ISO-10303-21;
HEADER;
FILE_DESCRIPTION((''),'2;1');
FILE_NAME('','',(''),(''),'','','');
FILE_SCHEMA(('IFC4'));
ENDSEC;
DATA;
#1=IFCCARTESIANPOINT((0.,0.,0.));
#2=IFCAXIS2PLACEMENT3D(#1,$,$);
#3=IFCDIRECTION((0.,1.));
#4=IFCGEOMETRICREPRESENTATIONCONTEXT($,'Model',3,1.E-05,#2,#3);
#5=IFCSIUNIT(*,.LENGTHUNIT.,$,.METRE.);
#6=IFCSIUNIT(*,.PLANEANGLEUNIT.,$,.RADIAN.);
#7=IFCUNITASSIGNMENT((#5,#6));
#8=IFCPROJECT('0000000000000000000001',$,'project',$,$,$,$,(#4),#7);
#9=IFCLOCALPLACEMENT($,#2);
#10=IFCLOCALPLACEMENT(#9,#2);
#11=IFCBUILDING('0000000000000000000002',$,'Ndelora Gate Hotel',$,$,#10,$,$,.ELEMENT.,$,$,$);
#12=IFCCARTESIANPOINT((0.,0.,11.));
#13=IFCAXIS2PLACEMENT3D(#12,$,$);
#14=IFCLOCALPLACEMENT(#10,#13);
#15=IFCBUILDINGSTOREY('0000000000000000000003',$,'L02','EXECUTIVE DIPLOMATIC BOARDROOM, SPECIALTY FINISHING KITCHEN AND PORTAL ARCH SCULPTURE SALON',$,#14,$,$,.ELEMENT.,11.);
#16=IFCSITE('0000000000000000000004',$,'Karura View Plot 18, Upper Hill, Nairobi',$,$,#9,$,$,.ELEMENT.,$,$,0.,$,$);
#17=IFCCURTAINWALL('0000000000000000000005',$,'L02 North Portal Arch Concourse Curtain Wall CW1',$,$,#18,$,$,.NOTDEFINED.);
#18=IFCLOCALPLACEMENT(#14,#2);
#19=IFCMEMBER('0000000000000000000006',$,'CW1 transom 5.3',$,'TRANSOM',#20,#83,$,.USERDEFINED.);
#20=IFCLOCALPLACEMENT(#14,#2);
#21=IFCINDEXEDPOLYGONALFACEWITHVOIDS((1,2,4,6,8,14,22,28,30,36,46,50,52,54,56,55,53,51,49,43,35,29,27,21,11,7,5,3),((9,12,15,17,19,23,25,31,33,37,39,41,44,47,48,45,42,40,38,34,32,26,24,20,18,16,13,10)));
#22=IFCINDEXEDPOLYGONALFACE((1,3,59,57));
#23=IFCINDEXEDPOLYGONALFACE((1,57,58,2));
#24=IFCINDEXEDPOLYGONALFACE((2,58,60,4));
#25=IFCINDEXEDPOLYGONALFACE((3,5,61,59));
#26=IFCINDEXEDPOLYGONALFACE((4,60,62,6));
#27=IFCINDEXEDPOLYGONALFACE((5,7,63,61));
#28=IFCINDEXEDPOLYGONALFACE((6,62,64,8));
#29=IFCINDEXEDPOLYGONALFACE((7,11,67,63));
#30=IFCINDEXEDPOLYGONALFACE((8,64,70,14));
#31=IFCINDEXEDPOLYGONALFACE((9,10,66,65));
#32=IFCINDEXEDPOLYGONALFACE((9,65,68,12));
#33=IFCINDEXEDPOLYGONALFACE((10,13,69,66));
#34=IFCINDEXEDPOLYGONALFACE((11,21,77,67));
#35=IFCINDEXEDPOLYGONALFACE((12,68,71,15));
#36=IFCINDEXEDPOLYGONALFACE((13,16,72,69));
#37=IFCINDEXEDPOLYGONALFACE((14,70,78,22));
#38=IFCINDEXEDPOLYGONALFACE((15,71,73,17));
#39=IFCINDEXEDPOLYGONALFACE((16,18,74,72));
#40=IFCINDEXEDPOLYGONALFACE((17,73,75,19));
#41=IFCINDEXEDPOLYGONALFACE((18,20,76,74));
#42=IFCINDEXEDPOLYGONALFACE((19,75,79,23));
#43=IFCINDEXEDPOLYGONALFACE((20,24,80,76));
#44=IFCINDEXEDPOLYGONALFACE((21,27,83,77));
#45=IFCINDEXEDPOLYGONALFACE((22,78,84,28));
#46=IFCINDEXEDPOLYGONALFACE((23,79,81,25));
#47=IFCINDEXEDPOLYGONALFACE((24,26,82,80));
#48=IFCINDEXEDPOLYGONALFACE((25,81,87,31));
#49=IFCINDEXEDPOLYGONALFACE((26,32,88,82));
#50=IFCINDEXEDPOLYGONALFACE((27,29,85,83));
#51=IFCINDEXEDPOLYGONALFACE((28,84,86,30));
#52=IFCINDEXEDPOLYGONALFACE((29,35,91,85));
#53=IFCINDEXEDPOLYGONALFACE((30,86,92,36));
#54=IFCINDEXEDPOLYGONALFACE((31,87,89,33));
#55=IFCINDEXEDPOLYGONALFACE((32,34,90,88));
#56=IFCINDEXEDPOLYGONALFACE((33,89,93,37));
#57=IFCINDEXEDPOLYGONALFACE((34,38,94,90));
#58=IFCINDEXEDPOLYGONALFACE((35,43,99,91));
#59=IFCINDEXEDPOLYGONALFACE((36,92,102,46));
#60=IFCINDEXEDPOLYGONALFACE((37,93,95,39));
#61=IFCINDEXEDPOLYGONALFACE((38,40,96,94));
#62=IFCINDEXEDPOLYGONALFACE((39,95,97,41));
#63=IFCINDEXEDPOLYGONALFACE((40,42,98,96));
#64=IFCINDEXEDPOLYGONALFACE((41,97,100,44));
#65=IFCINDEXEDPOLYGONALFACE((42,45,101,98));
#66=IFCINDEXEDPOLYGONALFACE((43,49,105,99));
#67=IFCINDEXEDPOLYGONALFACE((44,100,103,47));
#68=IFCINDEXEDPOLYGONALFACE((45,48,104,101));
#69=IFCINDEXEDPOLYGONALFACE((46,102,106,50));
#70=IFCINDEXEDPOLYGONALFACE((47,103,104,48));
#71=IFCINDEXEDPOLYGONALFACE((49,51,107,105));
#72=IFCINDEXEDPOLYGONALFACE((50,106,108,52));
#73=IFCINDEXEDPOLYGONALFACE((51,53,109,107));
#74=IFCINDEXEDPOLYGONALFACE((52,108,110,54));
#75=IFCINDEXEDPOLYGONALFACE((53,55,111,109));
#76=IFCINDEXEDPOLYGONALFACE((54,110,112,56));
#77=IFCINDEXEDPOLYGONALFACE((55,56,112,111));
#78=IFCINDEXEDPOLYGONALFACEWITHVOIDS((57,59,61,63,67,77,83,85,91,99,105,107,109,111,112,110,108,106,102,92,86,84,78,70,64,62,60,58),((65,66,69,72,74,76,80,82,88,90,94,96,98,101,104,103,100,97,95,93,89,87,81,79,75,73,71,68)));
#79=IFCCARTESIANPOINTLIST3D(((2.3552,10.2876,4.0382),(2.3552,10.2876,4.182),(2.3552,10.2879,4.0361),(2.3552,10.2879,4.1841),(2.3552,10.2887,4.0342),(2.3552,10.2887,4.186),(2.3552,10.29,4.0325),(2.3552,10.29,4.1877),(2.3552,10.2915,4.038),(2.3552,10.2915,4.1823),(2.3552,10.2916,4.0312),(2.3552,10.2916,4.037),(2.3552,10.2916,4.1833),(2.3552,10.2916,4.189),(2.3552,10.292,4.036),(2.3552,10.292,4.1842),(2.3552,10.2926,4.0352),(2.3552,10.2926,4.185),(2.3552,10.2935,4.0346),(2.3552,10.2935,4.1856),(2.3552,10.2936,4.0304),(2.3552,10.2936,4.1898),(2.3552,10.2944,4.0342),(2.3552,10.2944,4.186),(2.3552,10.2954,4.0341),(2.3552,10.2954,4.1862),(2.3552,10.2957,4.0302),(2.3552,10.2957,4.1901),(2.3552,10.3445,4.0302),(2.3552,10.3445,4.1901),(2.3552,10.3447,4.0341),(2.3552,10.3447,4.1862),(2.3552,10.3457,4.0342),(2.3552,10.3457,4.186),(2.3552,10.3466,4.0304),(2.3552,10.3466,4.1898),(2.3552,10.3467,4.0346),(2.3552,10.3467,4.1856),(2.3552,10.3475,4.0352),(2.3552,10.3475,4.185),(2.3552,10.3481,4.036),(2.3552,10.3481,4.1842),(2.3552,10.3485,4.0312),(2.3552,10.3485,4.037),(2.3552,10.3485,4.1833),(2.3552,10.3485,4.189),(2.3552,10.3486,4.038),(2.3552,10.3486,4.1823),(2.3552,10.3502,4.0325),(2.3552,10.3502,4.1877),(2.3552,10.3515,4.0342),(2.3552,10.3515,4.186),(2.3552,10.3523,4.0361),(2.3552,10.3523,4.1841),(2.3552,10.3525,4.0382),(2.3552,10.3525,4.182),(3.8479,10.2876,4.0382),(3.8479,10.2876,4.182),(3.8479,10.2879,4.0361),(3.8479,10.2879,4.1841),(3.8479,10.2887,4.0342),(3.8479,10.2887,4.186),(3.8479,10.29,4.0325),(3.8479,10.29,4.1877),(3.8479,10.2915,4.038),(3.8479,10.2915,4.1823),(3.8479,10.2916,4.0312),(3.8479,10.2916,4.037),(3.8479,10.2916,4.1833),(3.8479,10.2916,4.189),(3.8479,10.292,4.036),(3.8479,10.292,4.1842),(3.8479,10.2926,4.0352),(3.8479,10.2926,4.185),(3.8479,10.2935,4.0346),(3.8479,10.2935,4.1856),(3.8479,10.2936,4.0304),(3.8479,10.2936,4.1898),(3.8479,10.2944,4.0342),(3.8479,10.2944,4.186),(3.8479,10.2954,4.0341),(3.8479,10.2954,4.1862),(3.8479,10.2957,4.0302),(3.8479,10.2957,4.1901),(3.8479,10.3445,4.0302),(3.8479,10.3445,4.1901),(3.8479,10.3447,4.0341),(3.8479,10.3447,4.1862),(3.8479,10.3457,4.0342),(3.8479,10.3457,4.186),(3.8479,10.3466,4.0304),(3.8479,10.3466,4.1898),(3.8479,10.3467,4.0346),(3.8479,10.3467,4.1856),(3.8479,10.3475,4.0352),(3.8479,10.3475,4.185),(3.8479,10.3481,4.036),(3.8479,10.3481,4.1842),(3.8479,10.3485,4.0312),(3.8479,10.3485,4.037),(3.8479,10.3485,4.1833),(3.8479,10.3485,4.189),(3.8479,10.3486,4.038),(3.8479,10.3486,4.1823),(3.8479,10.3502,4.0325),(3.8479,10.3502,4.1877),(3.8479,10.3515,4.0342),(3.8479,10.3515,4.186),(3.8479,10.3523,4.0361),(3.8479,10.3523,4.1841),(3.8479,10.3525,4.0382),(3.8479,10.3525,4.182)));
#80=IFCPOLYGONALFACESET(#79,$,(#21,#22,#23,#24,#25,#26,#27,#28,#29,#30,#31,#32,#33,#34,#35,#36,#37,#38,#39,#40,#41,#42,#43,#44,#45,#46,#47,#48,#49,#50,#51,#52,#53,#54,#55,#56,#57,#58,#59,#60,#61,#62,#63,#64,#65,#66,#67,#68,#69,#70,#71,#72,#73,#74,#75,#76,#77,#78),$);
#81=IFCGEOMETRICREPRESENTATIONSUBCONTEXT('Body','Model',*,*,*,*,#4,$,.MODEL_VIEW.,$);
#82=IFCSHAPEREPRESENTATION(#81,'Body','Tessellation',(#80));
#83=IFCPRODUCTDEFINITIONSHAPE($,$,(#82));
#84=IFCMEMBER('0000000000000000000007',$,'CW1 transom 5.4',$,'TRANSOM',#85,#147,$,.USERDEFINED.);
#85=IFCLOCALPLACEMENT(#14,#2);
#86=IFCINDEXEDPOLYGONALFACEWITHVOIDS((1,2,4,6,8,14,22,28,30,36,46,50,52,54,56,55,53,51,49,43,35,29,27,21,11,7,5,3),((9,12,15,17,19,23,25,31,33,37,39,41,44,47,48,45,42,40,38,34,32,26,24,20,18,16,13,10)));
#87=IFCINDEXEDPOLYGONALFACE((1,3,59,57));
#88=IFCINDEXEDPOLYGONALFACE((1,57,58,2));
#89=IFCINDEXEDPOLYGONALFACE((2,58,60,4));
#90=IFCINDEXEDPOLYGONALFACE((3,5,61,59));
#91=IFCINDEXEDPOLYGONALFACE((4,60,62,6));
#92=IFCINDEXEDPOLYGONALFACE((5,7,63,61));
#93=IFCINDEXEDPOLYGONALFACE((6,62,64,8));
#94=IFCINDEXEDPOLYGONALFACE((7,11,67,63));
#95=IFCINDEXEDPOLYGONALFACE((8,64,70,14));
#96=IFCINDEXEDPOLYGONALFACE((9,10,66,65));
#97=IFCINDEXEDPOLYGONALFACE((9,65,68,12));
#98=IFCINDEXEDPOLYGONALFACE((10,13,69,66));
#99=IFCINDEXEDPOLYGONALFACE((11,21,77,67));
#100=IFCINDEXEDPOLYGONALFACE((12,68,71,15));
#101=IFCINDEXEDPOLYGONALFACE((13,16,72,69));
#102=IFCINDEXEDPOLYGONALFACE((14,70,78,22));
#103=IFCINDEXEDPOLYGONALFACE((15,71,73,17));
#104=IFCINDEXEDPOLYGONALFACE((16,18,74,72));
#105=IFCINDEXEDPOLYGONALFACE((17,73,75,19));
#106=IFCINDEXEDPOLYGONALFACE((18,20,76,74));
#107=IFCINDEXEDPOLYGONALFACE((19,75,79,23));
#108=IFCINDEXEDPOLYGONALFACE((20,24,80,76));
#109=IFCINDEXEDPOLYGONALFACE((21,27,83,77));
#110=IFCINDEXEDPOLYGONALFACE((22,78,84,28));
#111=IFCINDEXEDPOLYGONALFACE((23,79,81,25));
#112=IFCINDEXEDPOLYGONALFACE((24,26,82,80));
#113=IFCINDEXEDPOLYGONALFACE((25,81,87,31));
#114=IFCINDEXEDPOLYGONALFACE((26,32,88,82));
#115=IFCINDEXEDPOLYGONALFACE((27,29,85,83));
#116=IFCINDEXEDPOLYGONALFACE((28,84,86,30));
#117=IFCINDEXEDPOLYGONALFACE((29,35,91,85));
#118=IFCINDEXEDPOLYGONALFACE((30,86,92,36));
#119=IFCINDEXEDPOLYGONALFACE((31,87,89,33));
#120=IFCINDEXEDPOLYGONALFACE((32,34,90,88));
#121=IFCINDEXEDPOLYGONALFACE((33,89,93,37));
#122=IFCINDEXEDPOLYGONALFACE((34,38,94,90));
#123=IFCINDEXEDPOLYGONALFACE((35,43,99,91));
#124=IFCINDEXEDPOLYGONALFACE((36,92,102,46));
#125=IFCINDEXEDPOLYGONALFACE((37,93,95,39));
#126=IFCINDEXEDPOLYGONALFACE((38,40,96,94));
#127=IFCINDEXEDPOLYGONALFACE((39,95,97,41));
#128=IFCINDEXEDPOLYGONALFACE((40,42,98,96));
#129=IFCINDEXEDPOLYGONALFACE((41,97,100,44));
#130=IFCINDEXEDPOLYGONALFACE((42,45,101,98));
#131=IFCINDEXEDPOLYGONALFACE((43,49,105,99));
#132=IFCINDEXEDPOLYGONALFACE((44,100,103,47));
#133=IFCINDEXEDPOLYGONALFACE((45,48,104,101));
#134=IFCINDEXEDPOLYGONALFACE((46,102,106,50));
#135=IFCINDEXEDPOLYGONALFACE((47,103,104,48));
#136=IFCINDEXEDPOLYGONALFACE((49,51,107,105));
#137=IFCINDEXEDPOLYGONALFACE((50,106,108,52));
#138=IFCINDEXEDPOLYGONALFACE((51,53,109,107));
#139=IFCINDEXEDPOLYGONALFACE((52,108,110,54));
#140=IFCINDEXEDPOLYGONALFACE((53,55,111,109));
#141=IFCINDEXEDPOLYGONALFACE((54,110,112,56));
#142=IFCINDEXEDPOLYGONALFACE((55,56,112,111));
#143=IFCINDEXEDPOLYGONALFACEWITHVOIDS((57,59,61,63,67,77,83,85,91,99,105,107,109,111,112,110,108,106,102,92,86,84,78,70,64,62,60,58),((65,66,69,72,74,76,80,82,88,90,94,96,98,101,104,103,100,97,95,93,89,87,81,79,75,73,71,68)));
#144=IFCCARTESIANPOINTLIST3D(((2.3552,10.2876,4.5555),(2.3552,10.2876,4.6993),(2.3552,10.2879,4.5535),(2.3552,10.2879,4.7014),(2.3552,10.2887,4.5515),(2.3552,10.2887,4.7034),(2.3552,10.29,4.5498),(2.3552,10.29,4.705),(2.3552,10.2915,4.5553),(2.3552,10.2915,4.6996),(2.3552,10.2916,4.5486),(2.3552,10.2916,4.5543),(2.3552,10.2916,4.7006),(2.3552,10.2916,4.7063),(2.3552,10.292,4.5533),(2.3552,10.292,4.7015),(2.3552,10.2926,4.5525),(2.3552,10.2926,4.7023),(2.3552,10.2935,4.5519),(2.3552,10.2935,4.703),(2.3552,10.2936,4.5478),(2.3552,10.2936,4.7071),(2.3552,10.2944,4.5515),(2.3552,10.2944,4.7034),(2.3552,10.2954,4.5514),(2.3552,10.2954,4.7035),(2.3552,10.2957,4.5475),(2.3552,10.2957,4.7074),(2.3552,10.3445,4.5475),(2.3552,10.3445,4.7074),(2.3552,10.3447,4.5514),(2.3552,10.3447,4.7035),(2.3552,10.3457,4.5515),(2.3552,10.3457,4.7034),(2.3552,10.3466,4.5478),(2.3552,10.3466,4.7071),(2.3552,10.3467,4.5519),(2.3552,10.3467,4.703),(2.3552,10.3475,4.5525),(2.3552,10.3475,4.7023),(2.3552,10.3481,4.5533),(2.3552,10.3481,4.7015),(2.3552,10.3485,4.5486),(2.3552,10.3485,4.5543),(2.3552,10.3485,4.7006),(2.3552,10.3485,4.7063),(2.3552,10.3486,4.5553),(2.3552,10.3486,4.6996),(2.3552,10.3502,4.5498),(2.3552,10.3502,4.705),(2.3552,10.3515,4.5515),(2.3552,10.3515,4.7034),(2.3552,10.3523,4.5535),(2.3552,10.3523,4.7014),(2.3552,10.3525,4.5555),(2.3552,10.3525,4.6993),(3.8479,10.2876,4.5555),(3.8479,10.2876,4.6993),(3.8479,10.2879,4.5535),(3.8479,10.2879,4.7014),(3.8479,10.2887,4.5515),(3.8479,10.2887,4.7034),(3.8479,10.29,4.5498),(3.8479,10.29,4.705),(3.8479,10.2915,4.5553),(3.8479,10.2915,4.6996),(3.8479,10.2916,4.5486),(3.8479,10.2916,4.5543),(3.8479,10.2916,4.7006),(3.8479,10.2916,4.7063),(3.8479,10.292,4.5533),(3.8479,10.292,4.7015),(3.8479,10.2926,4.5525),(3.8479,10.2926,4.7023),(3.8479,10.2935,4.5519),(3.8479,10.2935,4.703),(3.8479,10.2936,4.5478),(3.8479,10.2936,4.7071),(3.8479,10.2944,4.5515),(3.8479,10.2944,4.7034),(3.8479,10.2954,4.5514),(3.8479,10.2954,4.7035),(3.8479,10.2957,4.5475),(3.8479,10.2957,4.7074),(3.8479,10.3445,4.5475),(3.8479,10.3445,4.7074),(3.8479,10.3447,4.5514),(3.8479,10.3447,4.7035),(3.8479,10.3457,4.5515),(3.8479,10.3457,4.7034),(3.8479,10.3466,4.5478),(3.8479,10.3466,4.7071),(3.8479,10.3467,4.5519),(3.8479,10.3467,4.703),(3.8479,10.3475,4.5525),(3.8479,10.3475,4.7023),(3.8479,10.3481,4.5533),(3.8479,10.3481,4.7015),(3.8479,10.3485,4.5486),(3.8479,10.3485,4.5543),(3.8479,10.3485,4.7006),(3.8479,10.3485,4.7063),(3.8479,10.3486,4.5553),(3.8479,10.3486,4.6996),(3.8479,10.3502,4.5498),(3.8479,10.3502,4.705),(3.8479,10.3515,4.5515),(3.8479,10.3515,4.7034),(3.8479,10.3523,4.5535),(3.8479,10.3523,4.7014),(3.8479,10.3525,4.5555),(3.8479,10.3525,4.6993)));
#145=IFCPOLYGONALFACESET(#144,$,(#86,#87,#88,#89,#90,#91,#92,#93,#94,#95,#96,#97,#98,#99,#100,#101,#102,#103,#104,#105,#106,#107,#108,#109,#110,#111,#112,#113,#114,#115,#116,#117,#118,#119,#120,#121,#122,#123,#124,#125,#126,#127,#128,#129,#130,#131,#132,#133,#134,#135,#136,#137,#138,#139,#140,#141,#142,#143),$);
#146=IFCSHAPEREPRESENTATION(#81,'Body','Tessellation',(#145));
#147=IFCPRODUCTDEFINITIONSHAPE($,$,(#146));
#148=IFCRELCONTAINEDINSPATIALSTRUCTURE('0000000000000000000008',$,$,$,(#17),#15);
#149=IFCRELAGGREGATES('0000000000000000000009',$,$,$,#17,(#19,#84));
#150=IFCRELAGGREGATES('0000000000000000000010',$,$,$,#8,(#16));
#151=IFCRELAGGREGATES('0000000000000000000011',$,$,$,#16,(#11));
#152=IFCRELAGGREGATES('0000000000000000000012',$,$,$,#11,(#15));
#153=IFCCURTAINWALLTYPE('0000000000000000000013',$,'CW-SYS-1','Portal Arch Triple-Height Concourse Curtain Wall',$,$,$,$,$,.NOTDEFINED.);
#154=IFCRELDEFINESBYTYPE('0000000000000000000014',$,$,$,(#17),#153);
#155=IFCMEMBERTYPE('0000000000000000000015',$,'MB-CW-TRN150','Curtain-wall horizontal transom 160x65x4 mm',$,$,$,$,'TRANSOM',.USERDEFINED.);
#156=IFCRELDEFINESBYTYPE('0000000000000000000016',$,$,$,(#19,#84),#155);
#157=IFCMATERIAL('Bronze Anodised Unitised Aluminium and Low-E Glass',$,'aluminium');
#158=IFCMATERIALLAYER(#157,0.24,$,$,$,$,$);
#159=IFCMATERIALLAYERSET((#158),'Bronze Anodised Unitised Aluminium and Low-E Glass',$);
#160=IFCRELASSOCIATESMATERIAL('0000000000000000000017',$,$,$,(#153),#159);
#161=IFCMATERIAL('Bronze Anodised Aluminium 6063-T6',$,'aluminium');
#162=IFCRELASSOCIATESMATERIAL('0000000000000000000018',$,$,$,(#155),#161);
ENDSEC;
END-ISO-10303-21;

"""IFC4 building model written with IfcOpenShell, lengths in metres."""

from ifc_helpers import new_model, si_unit, direction, frame, origin, origin_2d, place, context, subcontext, project, spatial, hollow_rectangle, extrude, material, layer, layer_set, material_profile, profile_set, type_object, element, aggregate, save


model = new_model("IFC4")

# Units and contexts
model_context = context("Model", 3, precision=1e-05, world=origin(), true_north=direction((0.0, 1.0)))
body_context = subcontext(model_context, "Body", "Model", "MODEL_VIEW")
ifc_project = project(units=[si_unit("LENGTHUNIT", "METRE"), si_unit("PLANEANGLEUNIT", "RADIAN")], contexts=[model_context])

# Site, building, storey
site_placement = place(None, origin())
site = spatial("IfcSite", under=ifc_project, at=site_placement, Name="Karura View Plot 18, Upper Hill, Nairobi", CompositionType="ELEMENT", RefElevation=0.0)
building_placement = place(site_placement, origin())
building = spatial("IfcBuilding", under=site, at=building_placement, Name="Ndelora Gate Hotel", CompositionType="ELEMENT")
storey_placement = place(building_placement, frame((0.0, 0.0, 11.0)))
storey = spatial("IfcBuildingStorey", under=building, at=storey_placement, Name="L02", Description="EXECUTIVE DIPLOMATIC BOARDROOM, SPECIALTY FINISHING KITCHEN AND PORTAL ARCH SCULPTURE SALON", CompositionType="ELEMENT", Elevation=11.0)

# Curtain wall, members
ifc_material_1 = material(Name="Bronze Anodised Unitised Aluminium and Low-E Glass", Category="aluminium")
ifc_layer_1 = layer(ifc_material_1, 0.24)
ifc_layer_set_1 = layer_set([ifc_layer_1], Name="Bronze Anodised Unitised Aluminium and Low-E Glass")
curtain_wall_type = type_object("IfcCurtainWallType", Name="CW-SYS-1", Description="Portal Arch Triple-Height Concourse Curtain Wall", PredefinedType="NOTDEFINED", material=ifc_layer_set_1)
curtain_wall_placement = place(storey_placement, origin())
curtain_wall = element("IfcCurtainWall", 1, at=curtain_wall_placement, inside=storey, type_object=curtain_wall_type, Name="L02 North Portal Arch Concourse Curtain Wall CW1", PredefinedType="NOTDEFINED")
ifc_material_2 = material(Name="Bronze Anodised Aluminium 6063-T6", Category="aluminium")
ifc_material_profile_1 = material_profile(ifc_material_2, hollow_rectangle(XDim=0.0649, YDim=0.1599, WallThickness=0.0039, InnerFilletRadius=0.0039, OuterFilletRadius=0.0081, at=origin_2d()), Name="ALU 160x65x4")
ifc_profile_set_1 = profile_set([ifc_material_profile_1], Name="Bronze Anodised Aluminium 6063-T6")
member_type_1 = type_object("IfcMemberType", Name="MB-CW-TRN150", Description="Curtain-wall horizontal transom 160x65x4 mm", ElementType="TRANSOM", PredefinedType="USERDEFINED", material=ifc_profile_set_1)
member_1_placement = place(storey_placement, frame((3.8479, 10.3201, 4.1101), z_axis=(-1.0, 0.0, 0.0), x_axis=(0.0, -1.0, 0.0)))
member_1 = element("IfcMember", 2, at=member_1_placement, type_object=member_type_1, Name="CW1 transom 5.3", ObjectType="TRANSOM", PredefinedType="USERDEFINED", context=body_context, shape_type="SweptSolid", body=[
    extrude(hollow_rectangle(XDim=0.0649, YDim=0.1599, WallThickness=0.0039, InnerFilletRadius=0.0039, OuterFilletRadius=0.0081, at=origin_2d()), origin(), (0.0, 0.0, 1.0), 1.4927),
])
member_2_placement = place(storey_placement, frame((3.8479, 10.3201, 4.6274), z_axis=(-1.0, 0.0, 0.0), x_axis=(0.0, -1.0, 0.0)))
member_2 = element("IfcMember", 3, at=member_2_placement, type_object=member_type_1, Name="CW1 transom 5.4", ObjectType="TRANSOM", PredefinedType="USERDEFINED", context=body_context, shape_type="SweptSolid", body=[
    extrude(hollow_rectangle(XDim=0.0649, YDim=0.1599, WallThickness=0.0039, InnerFilletRadius=0.0039, OuterFilletRadius=0.0081, at=origin_2d()), origin(), (0.0, 0.0, 1.0), 1.4927),
])
aggregate(curtain_wall, [member_1, member_2])

save(model, "model.ifc")
